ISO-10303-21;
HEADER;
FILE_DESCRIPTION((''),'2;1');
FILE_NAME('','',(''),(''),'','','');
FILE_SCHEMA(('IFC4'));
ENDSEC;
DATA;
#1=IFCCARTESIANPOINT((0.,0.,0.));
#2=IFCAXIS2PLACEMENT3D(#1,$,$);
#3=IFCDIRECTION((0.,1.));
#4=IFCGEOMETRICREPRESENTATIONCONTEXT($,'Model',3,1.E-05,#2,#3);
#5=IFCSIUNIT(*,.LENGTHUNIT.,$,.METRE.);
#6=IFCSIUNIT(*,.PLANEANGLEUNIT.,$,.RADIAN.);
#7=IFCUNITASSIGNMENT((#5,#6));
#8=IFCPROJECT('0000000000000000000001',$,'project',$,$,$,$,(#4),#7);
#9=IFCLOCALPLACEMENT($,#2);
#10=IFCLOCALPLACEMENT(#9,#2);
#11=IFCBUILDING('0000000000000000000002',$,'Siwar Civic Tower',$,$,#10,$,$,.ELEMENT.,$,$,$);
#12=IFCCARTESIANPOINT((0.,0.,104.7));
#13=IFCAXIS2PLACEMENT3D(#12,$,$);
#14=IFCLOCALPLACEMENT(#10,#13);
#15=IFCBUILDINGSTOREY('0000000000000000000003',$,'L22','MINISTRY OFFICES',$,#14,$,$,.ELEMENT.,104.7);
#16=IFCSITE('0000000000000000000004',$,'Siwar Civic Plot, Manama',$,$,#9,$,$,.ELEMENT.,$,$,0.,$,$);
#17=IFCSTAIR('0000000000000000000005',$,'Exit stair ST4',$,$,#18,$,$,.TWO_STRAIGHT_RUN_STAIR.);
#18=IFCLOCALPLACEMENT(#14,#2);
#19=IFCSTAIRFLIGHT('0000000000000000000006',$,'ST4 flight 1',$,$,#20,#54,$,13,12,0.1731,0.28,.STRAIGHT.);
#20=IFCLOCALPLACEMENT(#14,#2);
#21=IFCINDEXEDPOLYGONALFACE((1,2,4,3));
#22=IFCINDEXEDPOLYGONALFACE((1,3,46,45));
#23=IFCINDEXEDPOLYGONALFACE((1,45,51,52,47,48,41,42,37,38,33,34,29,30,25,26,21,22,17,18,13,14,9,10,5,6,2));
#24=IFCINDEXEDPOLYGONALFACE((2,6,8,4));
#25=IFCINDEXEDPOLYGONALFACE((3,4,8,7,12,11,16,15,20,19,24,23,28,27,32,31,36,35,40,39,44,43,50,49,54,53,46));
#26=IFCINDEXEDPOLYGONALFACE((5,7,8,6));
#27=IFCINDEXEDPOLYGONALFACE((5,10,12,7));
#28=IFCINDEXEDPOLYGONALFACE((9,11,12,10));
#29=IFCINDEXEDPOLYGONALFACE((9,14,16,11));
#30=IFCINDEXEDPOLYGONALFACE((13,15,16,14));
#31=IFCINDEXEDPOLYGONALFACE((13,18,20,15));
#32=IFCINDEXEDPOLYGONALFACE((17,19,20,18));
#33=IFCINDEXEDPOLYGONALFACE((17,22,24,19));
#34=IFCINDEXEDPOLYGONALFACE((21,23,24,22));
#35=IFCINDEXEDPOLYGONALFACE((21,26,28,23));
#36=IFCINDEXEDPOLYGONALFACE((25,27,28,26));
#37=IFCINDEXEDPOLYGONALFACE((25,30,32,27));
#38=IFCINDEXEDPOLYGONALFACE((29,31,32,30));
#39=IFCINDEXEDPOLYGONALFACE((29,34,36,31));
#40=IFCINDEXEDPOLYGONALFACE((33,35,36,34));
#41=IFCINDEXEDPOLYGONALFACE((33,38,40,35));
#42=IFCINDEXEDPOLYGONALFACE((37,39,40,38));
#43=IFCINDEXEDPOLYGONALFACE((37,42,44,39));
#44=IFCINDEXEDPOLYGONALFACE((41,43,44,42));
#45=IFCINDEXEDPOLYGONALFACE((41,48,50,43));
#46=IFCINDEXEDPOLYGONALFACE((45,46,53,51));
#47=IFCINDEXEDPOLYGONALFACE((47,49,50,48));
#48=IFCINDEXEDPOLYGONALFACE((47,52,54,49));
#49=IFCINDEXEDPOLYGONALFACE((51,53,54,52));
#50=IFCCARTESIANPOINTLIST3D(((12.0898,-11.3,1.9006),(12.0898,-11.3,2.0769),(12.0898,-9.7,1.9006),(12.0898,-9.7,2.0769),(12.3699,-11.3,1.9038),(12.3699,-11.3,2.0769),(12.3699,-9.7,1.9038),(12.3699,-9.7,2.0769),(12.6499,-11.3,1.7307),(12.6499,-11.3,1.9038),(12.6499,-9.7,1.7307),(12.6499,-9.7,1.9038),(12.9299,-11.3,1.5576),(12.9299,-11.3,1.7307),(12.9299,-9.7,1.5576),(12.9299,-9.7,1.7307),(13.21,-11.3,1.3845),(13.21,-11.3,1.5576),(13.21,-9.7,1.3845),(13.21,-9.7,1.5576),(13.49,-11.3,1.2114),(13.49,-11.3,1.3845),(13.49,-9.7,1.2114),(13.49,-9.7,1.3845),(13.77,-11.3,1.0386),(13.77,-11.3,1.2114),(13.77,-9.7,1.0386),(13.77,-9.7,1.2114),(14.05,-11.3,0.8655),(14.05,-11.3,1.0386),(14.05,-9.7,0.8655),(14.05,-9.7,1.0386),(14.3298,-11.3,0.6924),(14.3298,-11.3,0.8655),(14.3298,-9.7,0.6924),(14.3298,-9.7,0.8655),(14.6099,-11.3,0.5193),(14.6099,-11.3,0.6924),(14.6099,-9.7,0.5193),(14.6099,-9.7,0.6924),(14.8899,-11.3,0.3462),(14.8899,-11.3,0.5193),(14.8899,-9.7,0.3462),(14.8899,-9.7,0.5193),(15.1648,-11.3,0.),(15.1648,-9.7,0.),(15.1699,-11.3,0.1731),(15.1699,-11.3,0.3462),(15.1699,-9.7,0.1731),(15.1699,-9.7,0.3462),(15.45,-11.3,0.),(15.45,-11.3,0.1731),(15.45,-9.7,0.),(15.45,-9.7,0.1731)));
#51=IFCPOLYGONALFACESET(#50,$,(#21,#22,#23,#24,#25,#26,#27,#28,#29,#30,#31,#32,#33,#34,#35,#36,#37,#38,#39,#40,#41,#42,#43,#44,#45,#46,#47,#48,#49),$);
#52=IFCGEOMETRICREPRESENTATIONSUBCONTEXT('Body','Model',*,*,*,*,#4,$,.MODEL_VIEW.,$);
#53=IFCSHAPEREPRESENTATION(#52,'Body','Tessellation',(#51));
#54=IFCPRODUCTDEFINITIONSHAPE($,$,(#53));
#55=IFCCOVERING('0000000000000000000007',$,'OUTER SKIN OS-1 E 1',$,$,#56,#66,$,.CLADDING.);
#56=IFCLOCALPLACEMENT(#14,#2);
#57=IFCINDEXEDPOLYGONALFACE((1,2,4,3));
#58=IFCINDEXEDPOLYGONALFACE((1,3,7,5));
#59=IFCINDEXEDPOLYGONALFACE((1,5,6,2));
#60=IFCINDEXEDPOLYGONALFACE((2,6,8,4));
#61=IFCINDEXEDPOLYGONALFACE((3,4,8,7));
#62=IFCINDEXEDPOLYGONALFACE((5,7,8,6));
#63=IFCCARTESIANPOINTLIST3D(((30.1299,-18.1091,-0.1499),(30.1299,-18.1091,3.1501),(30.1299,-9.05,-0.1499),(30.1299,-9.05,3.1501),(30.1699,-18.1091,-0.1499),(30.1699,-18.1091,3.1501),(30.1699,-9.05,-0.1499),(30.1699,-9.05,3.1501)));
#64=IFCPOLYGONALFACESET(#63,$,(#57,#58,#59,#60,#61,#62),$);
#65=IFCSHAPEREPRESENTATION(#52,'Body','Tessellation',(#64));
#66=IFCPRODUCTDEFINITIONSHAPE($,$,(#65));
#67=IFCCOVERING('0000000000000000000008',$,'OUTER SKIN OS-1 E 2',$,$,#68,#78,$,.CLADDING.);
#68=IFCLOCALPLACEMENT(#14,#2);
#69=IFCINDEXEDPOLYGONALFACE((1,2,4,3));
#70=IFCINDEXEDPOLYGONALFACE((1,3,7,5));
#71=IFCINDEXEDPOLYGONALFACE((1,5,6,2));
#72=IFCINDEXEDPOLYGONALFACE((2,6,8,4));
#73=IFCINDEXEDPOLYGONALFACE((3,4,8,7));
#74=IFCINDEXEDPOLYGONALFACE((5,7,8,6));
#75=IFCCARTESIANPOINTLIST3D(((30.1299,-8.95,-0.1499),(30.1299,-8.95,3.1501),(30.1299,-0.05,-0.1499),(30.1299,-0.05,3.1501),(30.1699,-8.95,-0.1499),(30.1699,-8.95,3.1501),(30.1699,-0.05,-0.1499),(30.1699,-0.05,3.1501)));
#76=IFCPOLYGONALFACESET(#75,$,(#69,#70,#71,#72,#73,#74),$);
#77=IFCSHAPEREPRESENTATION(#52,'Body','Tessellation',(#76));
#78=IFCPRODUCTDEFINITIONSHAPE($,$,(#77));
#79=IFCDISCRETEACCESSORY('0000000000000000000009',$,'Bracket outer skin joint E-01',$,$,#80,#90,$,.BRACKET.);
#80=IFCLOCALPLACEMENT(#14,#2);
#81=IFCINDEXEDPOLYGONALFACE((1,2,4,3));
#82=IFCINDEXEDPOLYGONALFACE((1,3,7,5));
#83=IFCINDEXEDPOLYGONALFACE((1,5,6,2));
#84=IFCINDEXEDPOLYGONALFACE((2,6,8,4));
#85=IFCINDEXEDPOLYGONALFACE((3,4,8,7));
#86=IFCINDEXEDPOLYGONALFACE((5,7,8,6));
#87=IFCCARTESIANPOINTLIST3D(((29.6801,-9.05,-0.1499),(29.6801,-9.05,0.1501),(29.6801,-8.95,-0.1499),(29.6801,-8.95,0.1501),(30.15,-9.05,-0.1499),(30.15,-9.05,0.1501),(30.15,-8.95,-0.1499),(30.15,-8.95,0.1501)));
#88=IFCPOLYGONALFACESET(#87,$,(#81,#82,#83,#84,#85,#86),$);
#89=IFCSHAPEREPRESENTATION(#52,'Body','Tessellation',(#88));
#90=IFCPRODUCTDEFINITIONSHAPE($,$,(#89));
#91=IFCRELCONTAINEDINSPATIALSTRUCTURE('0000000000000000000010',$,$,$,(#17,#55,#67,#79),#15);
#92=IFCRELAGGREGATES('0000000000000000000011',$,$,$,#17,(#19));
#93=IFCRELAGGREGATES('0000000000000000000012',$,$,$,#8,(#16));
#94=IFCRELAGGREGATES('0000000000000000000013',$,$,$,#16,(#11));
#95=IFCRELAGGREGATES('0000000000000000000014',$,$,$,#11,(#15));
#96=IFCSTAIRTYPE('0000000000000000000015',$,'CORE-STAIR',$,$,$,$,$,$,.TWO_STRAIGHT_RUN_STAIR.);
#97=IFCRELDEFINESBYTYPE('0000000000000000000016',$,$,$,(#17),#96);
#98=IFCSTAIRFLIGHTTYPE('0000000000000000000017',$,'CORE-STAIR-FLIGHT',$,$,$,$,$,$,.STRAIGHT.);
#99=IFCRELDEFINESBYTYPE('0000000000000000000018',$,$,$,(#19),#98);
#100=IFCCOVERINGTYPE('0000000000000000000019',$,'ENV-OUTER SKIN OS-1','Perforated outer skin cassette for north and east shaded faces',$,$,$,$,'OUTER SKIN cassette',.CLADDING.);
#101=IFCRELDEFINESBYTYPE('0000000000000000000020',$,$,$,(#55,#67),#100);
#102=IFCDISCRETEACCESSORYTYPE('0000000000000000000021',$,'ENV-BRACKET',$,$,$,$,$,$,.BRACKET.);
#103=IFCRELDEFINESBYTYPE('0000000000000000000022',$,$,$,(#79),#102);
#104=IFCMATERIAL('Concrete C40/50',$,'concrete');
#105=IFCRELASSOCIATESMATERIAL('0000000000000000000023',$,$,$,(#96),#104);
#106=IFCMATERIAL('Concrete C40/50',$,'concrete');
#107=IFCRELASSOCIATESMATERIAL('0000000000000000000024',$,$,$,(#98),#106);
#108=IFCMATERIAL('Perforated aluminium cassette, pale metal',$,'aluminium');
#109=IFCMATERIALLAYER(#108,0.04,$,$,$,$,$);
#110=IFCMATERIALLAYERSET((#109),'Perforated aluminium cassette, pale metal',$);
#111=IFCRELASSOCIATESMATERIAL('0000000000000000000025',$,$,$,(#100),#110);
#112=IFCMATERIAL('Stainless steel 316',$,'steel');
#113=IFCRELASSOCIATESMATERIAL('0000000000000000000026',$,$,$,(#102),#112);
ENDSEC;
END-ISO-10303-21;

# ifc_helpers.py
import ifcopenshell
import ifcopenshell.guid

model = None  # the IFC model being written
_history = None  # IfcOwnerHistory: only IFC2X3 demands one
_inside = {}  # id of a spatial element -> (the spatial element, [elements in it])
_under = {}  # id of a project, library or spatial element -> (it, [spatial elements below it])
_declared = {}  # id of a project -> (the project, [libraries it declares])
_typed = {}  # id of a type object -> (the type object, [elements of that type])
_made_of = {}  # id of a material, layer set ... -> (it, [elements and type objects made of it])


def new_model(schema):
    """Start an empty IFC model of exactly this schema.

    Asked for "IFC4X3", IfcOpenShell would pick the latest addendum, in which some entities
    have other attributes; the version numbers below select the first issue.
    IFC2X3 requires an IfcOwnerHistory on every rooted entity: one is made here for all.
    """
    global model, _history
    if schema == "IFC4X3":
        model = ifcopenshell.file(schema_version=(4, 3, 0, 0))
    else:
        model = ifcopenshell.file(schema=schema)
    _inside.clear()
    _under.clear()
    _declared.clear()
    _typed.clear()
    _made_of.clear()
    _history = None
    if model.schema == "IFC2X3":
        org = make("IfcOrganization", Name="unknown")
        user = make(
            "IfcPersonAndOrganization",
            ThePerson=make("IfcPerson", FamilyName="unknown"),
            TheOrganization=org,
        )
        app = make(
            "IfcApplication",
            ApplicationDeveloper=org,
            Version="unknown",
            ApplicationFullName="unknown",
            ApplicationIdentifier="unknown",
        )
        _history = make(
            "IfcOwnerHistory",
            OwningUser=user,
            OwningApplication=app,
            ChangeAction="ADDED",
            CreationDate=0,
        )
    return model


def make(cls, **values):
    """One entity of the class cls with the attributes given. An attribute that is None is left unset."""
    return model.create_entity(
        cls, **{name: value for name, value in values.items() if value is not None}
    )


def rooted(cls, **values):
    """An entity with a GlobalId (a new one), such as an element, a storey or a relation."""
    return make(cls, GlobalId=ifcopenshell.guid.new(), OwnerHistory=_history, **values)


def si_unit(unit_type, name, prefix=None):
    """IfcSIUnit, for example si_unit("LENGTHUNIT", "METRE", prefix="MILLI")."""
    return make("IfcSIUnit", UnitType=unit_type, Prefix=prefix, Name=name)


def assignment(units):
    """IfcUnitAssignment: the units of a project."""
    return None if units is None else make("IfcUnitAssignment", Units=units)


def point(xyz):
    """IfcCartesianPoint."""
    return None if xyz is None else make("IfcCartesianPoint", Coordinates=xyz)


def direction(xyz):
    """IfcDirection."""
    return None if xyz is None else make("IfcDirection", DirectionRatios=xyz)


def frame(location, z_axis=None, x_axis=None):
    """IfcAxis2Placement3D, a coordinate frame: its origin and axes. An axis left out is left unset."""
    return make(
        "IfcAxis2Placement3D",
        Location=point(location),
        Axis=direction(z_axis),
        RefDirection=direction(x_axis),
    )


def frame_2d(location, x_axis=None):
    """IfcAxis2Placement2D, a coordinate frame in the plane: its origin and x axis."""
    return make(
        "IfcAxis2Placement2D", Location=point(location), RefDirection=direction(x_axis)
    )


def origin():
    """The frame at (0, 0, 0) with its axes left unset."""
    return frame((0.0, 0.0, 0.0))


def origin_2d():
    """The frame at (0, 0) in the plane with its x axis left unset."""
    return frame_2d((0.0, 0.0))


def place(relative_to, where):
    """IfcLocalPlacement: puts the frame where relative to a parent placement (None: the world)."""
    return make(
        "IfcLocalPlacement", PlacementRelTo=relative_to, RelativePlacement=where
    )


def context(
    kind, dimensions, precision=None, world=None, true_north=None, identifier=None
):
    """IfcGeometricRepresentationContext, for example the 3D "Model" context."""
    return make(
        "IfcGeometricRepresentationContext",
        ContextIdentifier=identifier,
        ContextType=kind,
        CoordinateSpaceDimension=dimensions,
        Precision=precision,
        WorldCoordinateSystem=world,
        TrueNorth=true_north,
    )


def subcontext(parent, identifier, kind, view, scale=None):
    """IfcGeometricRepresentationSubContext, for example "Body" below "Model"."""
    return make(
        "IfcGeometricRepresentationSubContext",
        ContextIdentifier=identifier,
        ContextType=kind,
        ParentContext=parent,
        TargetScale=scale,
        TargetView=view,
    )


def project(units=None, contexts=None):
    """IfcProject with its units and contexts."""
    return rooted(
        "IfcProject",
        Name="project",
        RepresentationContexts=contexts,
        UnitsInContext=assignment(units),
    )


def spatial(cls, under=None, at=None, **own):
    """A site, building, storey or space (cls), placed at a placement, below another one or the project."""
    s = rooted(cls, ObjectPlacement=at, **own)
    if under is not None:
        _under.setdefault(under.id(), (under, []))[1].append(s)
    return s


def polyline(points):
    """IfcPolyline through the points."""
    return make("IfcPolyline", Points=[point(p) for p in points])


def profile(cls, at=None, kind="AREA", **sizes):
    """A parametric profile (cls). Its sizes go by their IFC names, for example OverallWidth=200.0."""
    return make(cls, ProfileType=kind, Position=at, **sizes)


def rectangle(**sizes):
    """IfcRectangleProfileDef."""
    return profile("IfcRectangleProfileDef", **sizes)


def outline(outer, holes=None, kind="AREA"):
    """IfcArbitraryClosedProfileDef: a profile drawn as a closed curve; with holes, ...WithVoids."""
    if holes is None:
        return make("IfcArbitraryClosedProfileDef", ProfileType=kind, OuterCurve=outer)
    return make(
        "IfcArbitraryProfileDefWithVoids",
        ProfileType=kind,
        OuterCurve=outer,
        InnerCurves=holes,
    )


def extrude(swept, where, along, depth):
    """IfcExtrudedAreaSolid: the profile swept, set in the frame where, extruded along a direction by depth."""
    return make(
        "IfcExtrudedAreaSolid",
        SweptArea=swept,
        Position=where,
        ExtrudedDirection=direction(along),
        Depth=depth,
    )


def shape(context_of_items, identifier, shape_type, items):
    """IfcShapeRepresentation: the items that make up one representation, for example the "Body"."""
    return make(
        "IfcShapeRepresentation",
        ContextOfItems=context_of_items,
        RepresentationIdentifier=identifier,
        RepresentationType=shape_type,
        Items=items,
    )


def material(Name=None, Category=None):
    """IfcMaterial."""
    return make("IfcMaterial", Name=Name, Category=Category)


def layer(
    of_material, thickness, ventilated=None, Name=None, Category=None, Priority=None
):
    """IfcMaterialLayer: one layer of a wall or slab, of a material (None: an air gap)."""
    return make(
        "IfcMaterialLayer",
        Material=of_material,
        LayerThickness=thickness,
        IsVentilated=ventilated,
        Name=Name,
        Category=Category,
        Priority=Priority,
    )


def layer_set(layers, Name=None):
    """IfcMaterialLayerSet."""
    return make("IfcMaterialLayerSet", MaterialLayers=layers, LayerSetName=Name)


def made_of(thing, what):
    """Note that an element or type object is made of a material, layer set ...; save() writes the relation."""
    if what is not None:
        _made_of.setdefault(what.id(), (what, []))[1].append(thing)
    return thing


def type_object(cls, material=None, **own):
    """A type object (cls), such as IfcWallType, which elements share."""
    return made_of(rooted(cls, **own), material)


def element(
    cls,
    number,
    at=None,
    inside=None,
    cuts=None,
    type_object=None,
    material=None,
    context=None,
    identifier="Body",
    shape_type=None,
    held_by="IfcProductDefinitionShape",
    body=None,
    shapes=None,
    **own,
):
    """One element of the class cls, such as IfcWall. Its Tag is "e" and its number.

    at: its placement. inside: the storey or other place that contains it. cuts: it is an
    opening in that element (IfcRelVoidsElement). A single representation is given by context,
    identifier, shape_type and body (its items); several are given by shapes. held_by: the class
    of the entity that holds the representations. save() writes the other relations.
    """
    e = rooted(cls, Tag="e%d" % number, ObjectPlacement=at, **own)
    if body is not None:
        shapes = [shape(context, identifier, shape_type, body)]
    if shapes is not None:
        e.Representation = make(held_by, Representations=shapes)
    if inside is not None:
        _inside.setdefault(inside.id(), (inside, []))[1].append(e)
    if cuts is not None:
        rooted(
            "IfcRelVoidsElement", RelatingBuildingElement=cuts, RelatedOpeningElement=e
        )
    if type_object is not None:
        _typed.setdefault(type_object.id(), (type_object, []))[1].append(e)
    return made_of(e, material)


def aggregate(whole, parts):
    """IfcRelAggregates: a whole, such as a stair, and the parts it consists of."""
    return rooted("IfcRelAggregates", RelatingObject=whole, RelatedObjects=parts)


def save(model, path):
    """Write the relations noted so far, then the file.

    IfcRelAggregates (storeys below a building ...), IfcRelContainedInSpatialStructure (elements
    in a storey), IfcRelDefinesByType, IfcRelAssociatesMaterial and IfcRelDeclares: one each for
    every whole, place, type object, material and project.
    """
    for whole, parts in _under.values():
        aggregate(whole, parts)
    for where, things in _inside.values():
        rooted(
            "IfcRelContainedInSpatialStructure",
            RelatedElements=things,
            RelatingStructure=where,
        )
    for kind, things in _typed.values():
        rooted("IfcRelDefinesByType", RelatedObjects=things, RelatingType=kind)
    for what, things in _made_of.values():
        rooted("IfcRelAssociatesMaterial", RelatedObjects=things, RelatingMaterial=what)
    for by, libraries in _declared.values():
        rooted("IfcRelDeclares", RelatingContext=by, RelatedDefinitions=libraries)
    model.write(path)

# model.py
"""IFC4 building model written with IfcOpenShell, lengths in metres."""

from ifc_helpers import new_model, si_unit, direction, frame, origin, origin_2d, place, context, subcontext, project, spatial, polyline, rectangle, outline, extrude, material, layer, layer_set, type_object, element, aggregate, save


model = new_model("IFC4")

# Units and contexts
model_context = context("Model", 3, precision=1e-05, world=origin(), true_north=direction((0.0, 1.0)))
body_context = subcontext(model_context, "Body", "Model", "MODEL_VIEW")
ifc_project = project(units=[si_unit("LENGTHUNIT", "METRE"), si_unit("PLANEANGLEUNIT", "RADIAN")], contexts=[model_context])

# Site, building, storey
site_placement = place(None, origin())
site = spatial("IfcSite", under=ifc_project, at=site_placement, Name="Siwar Civic Plot, Manama", CompositionType="ELEMENT", RefElevation=0.0)
building_placement = place(site_placement, origin())
building = spatial("IfcBuilding", under=site, at=building_placement, Name="Siwar Civic Tower", CompositionType="ELEMENT")
storey_placement = place(building_placement, frame((0.0, 0.0, 104.7)))
storey = spatial("IfcBuildingStorey", under=building, at=storey_placement, Name="L22", Description="MINISTRY OFFICES", CompositionType="ELEMENT", Elevation=104.7)

# Stair, stair flight
ifc_material_1 = material(Name="Concrete C40/50", Category="concrete")
stair_type = type_object("IfcStairType", Name="CORE-STAIR", PredefinedType="TWO_STRAIGHT_RUN_STAIR", material=ifc_material_1)
stair_placement = place(storey_placement, origin())
stair = element("IfcStair", 1, at=stair_placement, inside=storey, type_object=stair_type, Name="Exit stair ST4", PredefinedType="TWO_STRAIGHT_RUN_STAIR")
ifc_material_2 = material(Name="Concrete C40/50", Category="concrete")
stair_flight_type = type_object("IfcStairFlightType", Name="CORE-STAIR-FLIGHT", PredefinedType="STRAIGHT", material=ifc_material_2)
stair_flight_placement = place(storey_placement, frame((15.45, -10.5, 0.0), z_axis=(0.0, 0.0, 1.0), x_axis=(-1.0, 0.0, 0.0)))
stair_flight = element("IfcStairFlight", 2, at=stair_flight_placement, type_object=stair_flight_type, Name="ST4 flight 1", NumberOfRisers=13, NumberOfTreads=12, PredefinedType="STRAIGHT", RiserHeight=0.1731, TreadLength=0.28, context=body_context, shape_type="SweptSolid", body=[
    extrude(outline(polyline([(0.0, 0.0), (0.0, 0.1731), (0.28, 0.1731), (0.28, 0.3462), (0.5601, 0.3462), (0.5601, 0.5193), (0.8401, 0.5193), (0.8401, 0.6924), (1.1201, 0.6924), (1.1201, 0.8655), (1.3999, 0.8655), (1.3999, 1.0386), (1.6799, 1.0386), (1.6799, 1.2114), (1.96, 1.2114), (1.96, 1.3845), (2.24, 1.3845), (2.24, 1.5576), (2.52, 1.5576), (2.52, 1.7307), (2.8, 1.7307), (2.8, 1.9038), (3.0801, 1.9038), (3.0801, 2.0769), (3.3601, 2.0769), (3.3601, 2.25), (3.3601, 1.9006), (0.2852, 0.0), (0.0, 0.0)])), frame((0.0, 0.8, 0.0), z_axis=(0.0, -1.0, 0.0), x_axis=(1.0, 0.0, 0.0)), (0.0, 0.0, 1.0), 1.6001),
])
aggregate(stair, [stair_flight])

# Coverings
ifc_material_3 = material(Name="Perforated aluminium cassette, pale metal", Category="aluminium")
ifc_layer_1 = layer(ifc_material_3, 0.04)
ifc_layer_set_1 = layer_set([ifc_layer_1], Name="Perforated aluminium cassette, pale metal")
covering_type = type_object("IfcCoveringType", Name="ENV-OUTER SKIN OS-1", Description="Perforated outer skin cassette for north and east shaded faces", ElementType="OUTER SKIN cassette", PredefinedType="CLADDING", material=ifc_layer_set_1)
covering_1_placement = place(storey_placement, frame((30.1499, -13.5796, -0.1499), z_axis=(0.0, 0.0, 1.0), x_axis=(0.0, 1.0, 0.0)))
element("IfcCovering", 3, at=covering_1_placement, inside=storey, type_object=covering_type, Name="OUTER SKIN OS-1 E 1", PredefinedType="CLADDING", context=body_context, shape_type="SweptSolid", body=[
    extrude(rectangle(XDim=9.0591, YDim=0.04, at=origin_2d()), origin(), (0.0, 0.0, 1.0), 3.3),
])
covering_2_placement = place(storey_placement, frame((30.1499, -4.5, -0.1499), z_axis=(0.0, 0.0, 1.0), x_axis=(0.0, 1.0, 0.0)))
element("IfcCovering", 4, at=covering_2_placement, inside=storey, type_object=covering_type, Name="OUTER SKIN OS-1 E 2", PredefinedType="CLADDING", context=body_context, shape_type="SweptSolid", body=[
    extrude(rectangle(XDim=8.8999, YDim=0.04, at=origin_2d()), origin(), (0.0, 0.0, 1.0), 3.3),
])

# Discrete accessory
ifc_material_4 = material(Name="Stainless steel 316", Category="steel")
discrete_accessory_type = type_object("IfcDiscreteAccessoryType", Name="ENV-BRACKET", PredefinedType="BRACKET", material=ifc_material_4)
discrete_accessory_placement = place(storey_placement, frame((29.915, -9.0, -0.1499), z_axis=(0.0, 0.0, 1.0), x_axis=(1.0, 0.0, 0.0)))
element("IfcDiscreteAccessory", 5, at=discrete_accessory_placement, inside=storey, type_object=discrete_accessory_type, Name="Bracket outer skin joint E-01", PredefinedType="BRACKET", context=body_context, shape_type="SweptSolid", body=[
    extrude(rectangle(XDim=0.47, YDim=0.1001, at=origin_2d()), origin(), (0.0, 0.0, 1.0), 0.3),
])

save(model, "model.ifc")
